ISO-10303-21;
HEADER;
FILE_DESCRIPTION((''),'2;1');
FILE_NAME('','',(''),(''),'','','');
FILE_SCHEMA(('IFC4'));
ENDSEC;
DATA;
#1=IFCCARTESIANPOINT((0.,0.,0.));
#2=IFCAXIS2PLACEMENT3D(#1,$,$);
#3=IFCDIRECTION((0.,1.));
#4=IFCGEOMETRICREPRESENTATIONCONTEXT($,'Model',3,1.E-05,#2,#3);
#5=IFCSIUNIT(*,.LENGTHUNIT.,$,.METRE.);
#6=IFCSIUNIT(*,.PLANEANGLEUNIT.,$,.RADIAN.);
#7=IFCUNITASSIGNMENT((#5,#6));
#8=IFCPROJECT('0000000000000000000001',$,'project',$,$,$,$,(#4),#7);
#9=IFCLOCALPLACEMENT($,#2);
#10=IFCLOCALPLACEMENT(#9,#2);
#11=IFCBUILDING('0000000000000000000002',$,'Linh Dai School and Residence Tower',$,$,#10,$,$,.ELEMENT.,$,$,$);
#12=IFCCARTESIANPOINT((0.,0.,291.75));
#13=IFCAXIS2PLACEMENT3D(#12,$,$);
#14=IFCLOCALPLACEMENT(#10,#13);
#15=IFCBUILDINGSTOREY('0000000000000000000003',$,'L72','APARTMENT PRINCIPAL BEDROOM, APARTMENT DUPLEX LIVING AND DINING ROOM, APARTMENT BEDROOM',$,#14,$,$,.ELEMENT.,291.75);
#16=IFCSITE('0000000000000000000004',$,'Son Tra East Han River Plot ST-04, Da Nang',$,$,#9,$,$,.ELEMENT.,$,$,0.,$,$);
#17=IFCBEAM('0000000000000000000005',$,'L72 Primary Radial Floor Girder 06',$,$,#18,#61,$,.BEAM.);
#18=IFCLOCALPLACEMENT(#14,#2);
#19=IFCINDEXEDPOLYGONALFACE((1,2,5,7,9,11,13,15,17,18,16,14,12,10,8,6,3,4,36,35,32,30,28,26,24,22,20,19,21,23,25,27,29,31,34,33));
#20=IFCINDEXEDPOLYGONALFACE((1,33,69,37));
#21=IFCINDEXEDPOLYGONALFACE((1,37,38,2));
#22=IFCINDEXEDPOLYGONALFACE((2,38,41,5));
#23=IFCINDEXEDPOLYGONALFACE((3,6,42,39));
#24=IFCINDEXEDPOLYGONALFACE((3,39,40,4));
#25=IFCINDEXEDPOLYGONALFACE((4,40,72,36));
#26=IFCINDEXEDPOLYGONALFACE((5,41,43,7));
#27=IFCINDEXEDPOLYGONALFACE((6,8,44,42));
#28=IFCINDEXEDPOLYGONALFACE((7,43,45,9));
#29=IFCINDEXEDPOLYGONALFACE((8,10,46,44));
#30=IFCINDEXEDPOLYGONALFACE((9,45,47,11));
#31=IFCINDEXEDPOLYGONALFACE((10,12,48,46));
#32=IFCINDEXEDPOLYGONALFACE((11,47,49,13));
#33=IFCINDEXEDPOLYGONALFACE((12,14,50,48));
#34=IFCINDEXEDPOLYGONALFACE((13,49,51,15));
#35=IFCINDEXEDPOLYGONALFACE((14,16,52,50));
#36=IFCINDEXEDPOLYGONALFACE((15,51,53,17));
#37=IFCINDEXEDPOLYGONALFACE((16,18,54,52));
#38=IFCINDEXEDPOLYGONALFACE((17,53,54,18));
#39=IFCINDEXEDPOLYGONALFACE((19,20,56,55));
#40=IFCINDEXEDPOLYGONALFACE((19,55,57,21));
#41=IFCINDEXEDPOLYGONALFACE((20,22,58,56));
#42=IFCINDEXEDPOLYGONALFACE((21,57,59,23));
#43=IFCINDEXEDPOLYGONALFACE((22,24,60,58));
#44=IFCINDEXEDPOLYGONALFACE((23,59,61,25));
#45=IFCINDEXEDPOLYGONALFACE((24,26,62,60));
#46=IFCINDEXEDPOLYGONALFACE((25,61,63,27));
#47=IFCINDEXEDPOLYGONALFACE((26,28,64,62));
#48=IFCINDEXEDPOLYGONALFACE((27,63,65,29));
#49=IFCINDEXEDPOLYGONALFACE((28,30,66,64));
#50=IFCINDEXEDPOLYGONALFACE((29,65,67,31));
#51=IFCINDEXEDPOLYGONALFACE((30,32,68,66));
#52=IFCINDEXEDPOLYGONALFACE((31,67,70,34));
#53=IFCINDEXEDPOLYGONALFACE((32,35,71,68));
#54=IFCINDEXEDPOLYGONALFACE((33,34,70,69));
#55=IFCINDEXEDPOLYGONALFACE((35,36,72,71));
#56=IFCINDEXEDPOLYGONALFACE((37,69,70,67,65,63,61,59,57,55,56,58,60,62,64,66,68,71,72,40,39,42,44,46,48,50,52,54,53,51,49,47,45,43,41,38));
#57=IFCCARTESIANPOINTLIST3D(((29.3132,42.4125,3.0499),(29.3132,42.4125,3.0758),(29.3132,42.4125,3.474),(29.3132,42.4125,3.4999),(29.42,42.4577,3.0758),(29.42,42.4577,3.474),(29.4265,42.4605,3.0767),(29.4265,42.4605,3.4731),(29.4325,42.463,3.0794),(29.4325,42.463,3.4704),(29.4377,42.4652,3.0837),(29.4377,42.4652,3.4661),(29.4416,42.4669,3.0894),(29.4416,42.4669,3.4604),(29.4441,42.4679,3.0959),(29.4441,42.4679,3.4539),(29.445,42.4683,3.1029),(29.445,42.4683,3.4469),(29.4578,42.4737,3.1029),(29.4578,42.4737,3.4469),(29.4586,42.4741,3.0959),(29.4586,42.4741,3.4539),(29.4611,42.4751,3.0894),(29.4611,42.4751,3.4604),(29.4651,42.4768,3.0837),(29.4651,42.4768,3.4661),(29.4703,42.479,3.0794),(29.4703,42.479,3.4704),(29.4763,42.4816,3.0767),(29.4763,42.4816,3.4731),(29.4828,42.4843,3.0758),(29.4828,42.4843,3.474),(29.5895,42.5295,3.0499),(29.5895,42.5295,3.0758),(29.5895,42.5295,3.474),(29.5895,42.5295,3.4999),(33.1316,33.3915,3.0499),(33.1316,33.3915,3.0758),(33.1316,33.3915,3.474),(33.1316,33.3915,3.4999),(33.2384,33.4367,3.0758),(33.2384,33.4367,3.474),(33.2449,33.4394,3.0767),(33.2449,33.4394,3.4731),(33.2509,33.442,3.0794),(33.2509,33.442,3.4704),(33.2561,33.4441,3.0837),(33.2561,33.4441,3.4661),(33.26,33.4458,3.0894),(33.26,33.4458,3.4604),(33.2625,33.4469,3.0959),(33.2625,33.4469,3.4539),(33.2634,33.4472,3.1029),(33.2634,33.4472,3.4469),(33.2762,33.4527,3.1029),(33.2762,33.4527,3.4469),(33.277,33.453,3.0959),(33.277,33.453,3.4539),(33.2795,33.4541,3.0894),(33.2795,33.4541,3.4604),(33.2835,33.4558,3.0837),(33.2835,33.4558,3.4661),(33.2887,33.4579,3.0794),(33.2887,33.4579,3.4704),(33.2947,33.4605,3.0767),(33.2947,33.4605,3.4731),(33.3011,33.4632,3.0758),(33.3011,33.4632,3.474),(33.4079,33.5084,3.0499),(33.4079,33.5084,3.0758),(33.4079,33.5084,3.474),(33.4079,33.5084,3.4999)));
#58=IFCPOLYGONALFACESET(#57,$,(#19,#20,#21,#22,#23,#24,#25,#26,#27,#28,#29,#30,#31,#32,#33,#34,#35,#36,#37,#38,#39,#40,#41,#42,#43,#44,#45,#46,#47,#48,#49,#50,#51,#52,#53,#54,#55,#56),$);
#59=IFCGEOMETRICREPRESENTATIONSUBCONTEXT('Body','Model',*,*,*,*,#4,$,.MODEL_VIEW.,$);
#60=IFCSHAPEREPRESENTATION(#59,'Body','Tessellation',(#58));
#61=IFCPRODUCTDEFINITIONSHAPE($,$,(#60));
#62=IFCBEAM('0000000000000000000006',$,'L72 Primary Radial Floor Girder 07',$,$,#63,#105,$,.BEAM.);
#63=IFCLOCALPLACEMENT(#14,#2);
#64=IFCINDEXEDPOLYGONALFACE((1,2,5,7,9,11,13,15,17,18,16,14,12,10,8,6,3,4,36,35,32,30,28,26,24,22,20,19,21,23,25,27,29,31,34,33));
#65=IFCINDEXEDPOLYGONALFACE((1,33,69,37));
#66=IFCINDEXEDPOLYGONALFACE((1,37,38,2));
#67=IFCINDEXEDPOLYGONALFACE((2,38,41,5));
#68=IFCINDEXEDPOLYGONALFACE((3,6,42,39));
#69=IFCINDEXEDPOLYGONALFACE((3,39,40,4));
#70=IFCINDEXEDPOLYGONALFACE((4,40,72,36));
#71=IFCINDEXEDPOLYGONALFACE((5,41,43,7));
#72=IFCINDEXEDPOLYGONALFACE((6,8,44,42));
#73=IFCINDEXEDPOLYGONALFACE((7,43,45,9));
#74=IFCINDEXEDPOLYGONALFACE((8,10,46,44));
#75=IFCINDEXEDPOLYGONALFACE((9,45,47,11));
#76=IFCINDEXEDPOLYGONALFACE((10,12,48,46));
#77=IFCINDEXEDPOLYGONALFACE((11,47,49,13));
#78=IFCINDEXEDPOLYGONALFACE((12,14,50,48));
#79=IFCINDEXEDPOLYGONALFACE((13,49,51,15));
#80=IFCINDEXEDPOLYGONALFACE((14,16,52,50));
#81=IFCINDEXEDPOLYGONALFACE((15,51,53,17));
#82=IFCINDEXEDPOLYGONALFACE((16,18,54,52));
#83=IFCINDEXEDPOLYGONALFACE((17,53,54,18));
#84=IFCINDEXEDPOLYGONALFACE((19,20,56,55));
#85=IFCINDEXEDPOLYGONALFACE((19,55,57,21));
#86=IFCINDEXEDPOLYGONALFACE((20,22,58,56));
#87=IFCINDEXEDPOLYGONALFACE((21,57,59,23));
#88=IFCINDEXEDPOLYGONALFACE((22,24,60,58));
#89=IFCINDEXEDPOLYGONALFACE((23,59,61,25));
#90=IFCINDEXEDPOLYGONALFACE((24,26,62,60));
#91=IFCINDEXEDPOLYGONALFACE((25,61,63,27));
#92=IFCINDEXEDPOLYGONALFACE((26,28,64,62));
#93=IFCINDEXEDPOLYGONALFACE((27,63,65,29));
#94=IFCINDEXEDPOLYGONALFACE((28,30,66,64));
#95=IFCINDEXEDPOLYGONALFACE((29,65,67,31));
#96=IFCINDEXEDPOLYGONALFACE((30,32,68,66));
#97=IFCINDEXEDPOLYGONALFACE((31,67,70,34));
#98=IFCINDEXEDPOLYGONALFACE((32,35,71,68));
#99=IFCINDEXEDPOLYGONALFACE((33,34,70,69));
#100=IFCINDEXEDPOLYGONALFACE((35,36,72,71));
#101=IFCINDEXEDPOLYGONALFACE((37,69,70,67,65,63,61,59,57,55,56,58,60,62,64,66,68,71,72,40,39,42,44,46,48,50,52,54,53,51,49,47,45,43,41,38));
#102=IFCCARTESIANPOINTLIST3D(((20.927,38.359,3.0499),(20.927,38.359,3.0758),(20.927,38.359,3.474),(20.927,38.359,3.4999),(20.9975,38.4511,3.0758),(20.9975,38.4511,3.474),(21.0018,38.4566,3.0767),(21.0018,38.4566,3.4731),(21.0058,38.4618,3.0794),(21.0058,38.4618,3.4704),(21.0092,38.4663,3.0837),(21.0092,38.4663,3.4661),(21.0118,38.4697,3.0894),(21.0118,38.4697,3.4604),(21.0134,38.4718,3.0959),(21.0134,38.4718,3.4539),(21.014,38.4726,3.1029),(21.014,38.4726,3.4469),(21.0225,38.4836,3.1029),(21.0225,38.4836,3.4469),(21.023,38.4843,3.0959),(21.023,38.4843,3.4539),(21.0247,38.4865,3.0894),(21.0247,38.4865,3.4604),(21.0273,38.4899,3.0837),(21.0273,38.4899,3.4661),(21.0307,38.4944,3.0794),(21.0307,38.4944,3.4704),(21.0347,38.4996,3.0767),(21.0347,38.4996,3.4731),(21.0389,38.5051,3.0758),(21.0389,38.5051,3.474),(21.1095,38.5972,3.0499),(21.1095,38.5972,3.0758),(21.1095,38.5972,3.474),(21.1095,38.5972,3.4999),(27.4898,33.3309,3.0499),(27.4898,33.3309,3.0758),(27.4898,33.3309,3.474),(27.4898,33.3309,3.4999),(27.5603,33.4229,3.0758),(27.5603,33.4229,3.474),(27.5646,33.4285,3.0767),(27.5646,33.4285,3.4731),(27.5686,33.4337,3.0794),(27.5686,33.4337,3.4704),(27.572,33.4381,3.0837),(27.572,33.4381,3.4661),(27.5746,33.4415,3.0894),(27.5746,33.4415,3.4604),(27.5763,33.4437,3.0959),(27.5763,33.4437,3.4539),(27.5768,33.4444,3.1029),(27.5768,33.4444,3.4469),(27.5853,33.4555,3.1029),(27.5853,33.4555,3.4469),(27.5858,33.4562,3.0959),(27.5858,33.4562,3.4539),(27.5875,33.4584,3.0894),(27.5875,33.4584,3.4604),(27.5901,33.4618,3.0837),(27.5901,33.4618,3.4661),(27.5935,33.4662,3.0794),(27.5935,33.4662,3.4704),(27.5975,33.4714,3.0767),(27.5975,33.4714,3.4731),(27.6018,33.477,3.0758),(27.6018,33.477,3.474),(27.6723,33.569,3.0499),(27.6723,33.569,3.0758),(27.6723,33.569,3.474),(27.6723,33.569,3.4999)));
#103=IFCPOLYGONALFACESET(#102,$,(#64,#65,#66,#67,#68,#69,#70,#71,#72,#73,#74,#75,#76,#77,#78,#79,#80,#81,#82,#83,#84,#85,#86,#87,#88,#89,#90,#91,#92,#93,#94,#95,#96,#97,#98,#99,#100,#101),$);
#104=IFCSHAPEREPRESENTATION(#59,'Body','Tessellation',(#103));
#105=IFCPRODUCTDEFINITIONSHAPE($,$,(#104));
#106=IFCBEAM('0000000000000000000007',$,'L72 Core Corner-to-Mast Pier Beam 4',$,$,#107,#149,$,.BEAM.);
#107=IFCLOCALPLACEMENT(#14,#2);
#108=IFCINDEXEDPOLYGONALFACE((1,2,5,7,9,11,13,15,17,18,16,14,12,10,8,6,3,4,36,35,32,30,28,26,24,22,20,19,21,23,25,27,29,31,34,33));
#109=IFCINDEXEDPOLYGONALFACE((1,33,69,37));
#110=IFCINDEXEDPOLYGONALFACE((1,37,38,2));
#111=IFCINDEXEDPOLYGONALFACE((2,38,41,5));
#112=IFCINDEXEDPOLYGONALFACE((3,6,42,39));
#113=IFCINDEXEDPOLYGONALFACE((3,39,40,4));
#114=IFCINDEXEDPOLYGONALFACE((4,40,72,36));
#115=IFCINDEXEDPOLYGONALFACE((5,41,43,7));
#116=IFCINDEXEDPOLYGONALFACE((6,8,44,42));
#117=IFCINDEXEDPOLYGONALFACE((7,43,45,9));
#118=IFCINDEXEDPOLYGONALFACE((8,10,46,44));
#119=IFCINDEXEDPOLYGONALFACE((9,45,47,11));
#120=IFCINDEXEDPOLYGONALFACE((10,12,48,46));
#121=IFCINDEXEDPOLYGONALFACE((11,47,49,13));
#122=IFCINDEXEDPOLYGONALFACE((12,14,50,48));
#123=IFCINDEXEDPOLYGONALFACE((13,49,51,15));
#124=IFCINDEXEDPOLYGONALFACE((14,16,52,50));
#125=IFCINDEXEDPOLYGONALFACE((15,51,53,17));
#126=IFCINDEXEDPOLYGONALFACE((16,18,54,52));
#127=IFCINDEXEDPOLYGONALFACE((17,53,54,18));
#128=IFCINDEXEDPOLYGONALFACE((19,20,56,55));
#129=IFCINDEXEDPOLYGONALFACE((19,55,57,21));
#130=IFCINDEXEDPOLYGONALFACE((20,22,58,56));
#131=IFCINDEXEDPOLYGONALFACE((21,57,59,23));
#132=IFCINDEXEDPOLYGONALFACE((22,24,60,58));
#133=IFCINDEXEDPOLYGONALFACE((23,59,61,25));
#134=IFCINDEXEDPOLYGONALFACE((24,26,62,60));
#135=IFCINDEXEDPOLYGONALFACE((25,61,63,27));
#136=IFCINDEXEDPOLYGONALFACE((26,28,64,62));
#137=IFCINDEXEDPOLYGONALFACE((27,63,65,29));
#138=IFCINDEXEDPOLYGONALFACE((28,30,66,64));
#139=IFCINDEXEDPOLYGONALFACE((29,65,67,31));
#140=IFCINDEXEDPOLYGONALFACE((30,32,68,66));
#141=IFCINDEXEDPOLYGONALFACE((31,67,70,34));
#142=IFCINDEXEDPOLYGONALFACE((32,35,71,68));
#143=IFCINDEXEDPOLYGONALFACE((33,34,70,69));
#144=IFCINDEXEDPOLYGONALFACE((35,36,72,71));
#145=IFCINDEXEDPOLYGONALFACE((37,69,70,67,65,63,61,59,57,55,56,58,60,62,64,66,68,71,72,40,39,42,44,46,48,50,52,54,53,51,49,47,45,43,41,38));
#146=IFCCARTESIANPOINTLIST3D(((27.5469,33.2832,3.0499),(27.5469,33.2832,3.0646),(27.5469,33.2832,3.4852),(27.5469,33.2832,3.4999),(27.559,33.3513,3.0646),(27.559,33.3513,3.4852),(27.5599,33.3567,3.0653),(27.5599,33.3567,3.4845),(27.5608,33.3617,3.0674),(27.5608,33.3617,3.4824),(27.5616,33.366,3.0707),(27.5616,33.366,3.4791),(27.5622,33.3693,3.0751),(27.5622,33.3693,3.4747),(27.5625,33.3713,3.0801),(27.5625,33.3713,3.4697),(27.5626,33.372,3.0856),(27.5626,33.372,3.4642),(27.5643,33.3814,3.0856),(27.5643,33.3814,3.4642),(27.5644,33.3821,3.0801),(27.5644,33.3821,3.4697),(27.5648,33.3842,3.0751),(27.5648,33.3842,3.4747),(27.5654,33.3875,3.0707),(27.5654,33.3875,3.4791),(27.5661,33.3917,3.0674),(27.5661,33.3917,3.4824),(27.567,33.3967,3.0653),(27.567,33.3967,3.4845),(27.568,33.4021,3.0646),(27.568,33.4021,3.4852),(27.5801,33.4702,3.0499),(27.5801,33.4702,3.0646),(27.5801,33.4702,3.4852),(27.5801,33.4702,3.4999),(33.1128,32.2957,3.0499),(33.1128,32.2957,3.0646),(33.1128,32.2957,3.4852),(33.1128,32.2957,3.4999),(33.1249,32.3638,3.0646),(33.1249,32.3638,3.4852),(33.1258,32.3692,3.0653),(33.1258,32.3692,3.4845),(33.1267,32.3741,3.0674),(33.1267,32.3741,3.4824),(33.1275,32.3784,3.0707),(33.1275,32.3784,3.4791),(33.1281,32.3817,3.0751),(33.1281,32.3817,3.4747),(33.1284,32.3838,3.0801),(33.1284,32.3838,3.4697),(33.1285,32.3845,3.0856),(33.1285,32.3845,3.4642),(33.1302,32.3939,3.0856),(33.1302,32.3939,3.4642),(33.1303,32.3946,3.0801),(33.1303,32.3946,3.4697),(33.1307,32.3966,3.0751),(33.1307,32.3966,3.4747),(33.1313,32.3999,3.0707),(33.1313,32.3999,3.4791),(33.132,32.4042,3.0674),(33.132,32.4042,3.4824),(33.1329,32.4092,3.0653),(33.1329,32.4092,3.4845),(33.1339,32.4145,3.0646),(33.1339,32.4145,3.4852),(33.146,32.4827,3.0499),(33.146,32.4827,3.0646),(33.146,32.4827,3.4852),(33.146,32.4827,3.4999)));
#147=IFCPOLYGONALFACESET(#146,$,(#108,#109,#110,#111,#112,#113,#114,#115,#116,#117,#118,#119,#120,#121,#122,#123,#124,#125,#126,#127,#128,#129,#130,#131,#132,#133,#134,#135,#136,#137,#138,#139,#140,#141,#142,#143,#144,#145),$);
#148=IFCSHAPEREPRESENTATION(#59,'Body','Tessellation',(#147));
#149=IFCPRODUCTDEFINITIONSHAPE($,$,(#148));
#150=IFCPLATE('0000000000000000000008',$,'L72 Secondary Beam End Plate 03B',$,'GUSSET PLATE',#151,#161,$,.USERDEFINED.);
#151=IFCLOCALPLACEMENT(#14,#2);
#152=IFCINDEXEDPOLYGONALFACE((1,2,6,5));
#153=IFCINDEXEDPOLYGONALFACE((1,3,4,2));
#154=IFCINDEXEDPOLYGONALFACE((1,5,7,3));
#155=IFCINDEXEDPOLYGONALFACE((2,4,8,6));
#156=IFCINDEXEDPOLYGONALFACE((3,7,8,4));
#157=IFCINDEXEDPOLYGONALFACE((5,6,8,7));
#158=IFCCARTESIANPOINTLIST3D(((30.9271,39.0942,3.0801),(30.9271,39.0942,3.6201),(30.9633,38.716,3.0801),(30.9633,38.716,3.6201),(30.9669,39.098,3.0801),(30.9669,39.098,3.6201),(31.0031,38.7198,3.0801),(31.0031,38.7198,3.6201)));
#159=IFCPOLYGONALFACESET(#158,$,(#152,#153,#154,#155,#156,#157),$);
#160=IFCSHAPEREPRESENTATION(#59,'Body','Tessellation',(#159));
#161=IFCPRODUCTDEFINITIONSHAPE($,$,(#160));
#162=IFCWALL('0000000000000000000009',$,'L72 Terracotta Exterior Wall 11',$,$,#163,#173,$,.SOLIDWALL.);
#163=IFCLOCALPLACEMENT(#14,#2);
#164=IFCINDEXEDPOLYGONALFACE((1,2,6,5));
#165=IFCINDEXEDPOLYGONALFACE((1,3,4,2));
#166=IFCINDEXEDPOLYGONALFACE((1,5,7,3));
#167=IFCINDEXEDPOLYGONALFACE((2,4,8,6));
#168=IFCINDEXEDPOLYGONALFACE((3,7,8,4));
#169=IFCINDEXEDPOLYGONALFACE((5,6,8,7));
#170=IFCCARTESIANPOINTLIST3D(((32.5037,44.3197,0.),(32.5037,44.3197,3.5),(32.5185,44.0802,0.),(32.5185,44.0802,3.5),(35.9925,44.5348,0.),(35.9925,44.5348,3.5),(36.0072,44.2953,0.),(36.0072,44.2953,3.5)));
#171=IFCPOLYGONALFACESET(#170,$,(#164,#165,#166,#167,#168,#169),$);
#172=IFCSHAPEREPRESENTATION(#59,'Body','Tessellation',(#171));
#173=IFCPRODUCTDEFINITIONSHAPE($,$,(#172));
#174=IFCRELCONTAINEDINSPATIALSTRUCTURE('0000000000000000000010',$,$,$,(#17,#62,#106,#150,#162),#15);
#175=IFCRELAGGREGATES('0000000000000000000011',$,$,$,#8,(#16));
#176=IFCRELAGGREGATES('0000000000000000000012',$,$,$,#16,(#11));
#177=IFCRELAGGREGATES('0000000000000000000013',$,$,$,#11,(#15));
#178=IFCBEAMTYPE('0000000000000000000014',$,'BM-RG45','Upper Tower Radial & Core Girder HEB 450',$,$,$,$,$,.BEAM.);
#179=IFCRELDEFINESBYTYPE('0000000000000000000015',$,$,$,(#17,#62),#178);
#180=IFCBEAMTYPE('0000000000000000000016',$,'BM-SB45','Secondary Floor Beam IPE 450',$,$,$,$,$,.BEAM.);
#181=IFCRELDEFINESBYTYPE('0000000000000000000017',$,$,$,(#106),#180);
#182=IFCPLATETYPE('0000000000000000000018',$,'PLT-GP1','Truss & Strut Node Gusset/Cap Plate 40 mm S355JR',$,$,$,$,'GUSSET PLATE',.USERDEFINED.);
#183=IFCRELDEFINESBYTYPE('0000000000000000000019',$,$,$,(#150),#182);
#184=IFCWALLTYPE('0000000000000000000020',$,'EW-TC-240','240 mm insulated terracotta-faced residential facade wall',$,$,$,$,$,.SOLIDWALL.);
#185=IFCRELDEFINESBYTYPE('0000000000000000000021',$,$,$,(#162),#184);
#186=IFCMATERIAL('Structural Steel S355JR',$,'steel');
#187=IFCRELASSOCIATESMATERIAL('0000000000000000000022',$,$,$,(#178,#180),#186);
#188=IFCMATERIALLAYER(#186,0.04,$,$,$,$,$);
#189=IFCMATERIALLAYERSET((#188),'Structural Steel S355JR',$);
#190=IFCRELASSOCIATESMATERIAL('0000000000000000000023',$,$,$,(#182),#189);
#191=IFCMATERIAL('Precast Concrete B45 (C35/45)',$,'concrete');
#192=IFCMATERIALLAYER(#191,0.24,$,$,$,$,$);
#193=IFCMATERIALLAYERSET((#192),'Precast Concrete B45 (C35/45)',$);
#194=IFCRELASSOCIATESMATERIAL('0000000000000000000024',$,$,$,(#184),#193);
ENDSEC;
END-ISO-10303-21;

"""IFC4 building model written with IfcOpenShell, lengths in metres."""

from ifc_helpers import new_model, si_unit, direction, frame, frame_2d, origin, origin_2d, place, context, subcontext, project, spatial, rectangle, i_section, extrude, source, transform, mapped, material, layer, layer_set, material_profile, profile_set, type_object, element, save


model = new_model("IFC4")

# Units and contexts
model_context = context("Model", 3, precision=1e-05, world=origin(), true_north=direction((0.0, 1.0)))
body_context = subcontext(model_context, "Body", "Model", "MODEL_VIEW")
ifc_project = project(units=[si_unit("LENGTHUNIT", "METRE"), si_unit("PLANEANGLEUNIT", "RADIAN")], contexts=[model_context])

# Site, building, storey
site_placement = place(None, origin())
site = spatial("IfcSite", under=ifc_project, at=site_placement, Name="Son Tra East Han River Plot ST-04, Da Nang", CompositionType="ELEMENT", RefElevation=0.0)
building_placement = place(site_placement, origin())
building = spatial("IfcBuilding", under=site, at=building_placement, Name="Linh Dai School and Residence Tower", CompositionType="ELEMENT")
storey_placement = place(building_placement, frame((0.0, 0.0, 291.75)))
storey = spatial("IfcBuildingStorey", under=building, at=storey_placement, Name="L72", Description="APARTMENT PRINCIPAL BEDROOM, APARTMENT DUPLEX LIVING AND DINING ROOM, APARTMENT BEDROOM", CompositionType="ELEMENT", Elevation=291.75)

# Shared definitions
ifc_material_1 = material(Name="Structural Steel S355JR", Category="steel")

# Beams
ifc_material_profile_1 = material_profile(ifc_material_1, i_section(OverallWidth=0.3, OverallDepth=0.45, WebThickness=0.0139, FlangeThickness=0.0259, FilletRadius=0.0271, at=origin_2d()), Name="HEB 450")
ifc_profile_set_1 = profile_set([ifc_material_profile_1], Name="Structural Steel S355JR")
beam_type_1 = type_object("IfcBeamType", Name="BM-RG45", Description="Upper Tower Radial & Core Girder HEB 450", PredefinedType="BEAM", material=ifc_profile_set_1)
beam_1_placement = place(storey_placement, frame((33.2698, 33.45, 3.2749), z_axis=(-0.389794, 0.920902, 0.0), x_axis=(-0.920902, -0.389794, 0.0)))
element("IfcBeam", 1, at=beam_1_placement, inside=storey, type_object=beam_type_1, Name="L72 Primary Radial Floor Girder 06", PredefinedType="BEAM", context=body_context, shape_type="SweptSolid", body=[
    extrude(i_section(OverallWidth=0.3, OverallDepth=0.45, WebThickness=0.0139, FlangeThickness=0.0259, FilletRadius=0.0271, at=origin_2d()), origin(), (0.0, 0.0, 1.0), 9.7959),
])
beam_2_placement = place(storey_placement, frame((27.5811, 33.45, 3.2749), z_axis=(-0.793803, 0.608175, 0.0), x_axis=(-0.608175, -0.793803, 0.0)))
element("IfcBeam", 2, at=beam_2_placement, inside=storey, type_object=beam_type_1, Name="L72 Primary Radial Floor Girder 07", PredefinedType="BEAM", context=body_context, shape_type="SweptSolid", body=[
    extrude(i_section(OverallWidth=0.3, OverallDepth=0.45, WebThickness=0.0139, FlangeThickness=0.0259, FilletRadius=0.0271, at=origin_2d()), origin(), (0.0, 0.0, 1.0), 8.2676),
])
ifc_material_profile_2 = material_profile(ifc_material_1, i_section(OverallWidth=0.1899, OverallDepth=0.45, WebThickness=0.0095, FlangeThickness=0.0146, FilletRadius=0.021, at=origin_2d()), Name="IPE 450")
ifc_profile_set_2 = profile_set([ifc_material_profile_2], Name="Structural Steel S355JR")
beam_type_2 = type_object("IfcBeamType", Name="BM-SB45", Description="Secondary Floor Beam IPE 450", PredefinedType="BEAM", material=ifc_profile_set_2)
beam_3_placement = place(storey_placement, frame((27.5635, 33.3767, 3.2749), z_axis=(0.984622, -0.174699, 0.0), x_axis=(0.174699, 0.984622, 0.0)))
element("IfcBeam", 3, at=beam_3_placement, inside=storey, type_object=beam_type_2, Name="L72 Core Corner-to-Mast Pier Beam 4", PredefinedType="BEAM", context=body_context, shape_type="SweptSolid", body=[
    extrude(i_section(OverallWidth=0.1899, OverallDepth=0.45, WebThickness=0.0095, FlangeThickness=0.0146, FilletRadius=0.021, at=origin_2d()), origin(), (0.0, 0.0, 1.0), 5.6528),
])

# Plate
ifc_layer_1 = layer(ifc_material_1, 0.04)
ifc_layer_set_1 = layer_set([ifc_layer_1], Name="Structural Steel S355JR")
plate_type = type_object("IfcPlateType", Name="PLT-GP1", Description="Truss & Strut Node Gusset/Cap Plate 40 mm S355JR", ElementType="GUSSET PLATE", PredefinedType="USERDEFINED", material=ifc_layer_set_1)
shared_shape_1 = source(origin(), body_context, "Body", "SweptSolid", [
    extrude(rectangle(XDim=0.04, YDim=0.3799, at=origin_2d()), origin(), (0.0, 0.0, 1.0), 0.54),
])
plate_placement = place(storey_placement, frame((30.9651, 38.907, 3.0801), z_axis=(0.0, 0.0, 1.0), x_axis=(-0.995445, -0.095338, 0.0)))
element("IfcPlate", 4, at=plate_placement, inside=storey, type_object=plate_type, Name="L72 Secondary Beam End Plate 03B", ObjectType="GUSSET PLATE", PredefinedType="USERDEFINED", context=body_context, shape_type="MappedRepresentation", body=[
    mapped(shared_shape_1, transform((0.0, 0.0, 0.0), x_axis=(1.0, 0.0, 0.0), y_axis=(0.0, 1.0, 0.0), z_axis=(0.0, 0.0, 1.0), scale=1.0)),
])

# Wall
ifc_material_2 = material(Name="Precast Concrete B45 (C35/45)", Category="concrete")
ifc_layer_2 = layer(ifc_material_2, 0.24)
ifc_layer_set_2 = layer_set([ifc_layer_2], Name="Precast Concrete B45 (C35/45)")
wall_type_1 = type_object("IfcWallType", Name="EW-TC-240", Description="240 mm insulated terracotta-faced residential facade wall", PredefinedType="SOLIDWALL", material=ifc_layer_set_2)
wall_1_placement = place(storey_placement, frame((32.5112, 44.2, 0.0), z_axis=(0.0, 0.0, 1.0), x_axis=(0.998105, 0.061535, 0.0)))
element("IfcWall", 5, at=wall_1_placement, inside=storey, type_object=wall_type_1, Name="L72 Terracotta Exterior Wall 11", PredefinedType="SOLIDWALL", context=body_context, shape_type="SweptSolid", body=[
    extrude(rectangle(XDim=3.4954, YDim=0.24, at=frame_2d((1.7476, 0.0))), origin(), (0.0, 0.0, 1.0), 3.5),
])

save(model, "model.ifc")
